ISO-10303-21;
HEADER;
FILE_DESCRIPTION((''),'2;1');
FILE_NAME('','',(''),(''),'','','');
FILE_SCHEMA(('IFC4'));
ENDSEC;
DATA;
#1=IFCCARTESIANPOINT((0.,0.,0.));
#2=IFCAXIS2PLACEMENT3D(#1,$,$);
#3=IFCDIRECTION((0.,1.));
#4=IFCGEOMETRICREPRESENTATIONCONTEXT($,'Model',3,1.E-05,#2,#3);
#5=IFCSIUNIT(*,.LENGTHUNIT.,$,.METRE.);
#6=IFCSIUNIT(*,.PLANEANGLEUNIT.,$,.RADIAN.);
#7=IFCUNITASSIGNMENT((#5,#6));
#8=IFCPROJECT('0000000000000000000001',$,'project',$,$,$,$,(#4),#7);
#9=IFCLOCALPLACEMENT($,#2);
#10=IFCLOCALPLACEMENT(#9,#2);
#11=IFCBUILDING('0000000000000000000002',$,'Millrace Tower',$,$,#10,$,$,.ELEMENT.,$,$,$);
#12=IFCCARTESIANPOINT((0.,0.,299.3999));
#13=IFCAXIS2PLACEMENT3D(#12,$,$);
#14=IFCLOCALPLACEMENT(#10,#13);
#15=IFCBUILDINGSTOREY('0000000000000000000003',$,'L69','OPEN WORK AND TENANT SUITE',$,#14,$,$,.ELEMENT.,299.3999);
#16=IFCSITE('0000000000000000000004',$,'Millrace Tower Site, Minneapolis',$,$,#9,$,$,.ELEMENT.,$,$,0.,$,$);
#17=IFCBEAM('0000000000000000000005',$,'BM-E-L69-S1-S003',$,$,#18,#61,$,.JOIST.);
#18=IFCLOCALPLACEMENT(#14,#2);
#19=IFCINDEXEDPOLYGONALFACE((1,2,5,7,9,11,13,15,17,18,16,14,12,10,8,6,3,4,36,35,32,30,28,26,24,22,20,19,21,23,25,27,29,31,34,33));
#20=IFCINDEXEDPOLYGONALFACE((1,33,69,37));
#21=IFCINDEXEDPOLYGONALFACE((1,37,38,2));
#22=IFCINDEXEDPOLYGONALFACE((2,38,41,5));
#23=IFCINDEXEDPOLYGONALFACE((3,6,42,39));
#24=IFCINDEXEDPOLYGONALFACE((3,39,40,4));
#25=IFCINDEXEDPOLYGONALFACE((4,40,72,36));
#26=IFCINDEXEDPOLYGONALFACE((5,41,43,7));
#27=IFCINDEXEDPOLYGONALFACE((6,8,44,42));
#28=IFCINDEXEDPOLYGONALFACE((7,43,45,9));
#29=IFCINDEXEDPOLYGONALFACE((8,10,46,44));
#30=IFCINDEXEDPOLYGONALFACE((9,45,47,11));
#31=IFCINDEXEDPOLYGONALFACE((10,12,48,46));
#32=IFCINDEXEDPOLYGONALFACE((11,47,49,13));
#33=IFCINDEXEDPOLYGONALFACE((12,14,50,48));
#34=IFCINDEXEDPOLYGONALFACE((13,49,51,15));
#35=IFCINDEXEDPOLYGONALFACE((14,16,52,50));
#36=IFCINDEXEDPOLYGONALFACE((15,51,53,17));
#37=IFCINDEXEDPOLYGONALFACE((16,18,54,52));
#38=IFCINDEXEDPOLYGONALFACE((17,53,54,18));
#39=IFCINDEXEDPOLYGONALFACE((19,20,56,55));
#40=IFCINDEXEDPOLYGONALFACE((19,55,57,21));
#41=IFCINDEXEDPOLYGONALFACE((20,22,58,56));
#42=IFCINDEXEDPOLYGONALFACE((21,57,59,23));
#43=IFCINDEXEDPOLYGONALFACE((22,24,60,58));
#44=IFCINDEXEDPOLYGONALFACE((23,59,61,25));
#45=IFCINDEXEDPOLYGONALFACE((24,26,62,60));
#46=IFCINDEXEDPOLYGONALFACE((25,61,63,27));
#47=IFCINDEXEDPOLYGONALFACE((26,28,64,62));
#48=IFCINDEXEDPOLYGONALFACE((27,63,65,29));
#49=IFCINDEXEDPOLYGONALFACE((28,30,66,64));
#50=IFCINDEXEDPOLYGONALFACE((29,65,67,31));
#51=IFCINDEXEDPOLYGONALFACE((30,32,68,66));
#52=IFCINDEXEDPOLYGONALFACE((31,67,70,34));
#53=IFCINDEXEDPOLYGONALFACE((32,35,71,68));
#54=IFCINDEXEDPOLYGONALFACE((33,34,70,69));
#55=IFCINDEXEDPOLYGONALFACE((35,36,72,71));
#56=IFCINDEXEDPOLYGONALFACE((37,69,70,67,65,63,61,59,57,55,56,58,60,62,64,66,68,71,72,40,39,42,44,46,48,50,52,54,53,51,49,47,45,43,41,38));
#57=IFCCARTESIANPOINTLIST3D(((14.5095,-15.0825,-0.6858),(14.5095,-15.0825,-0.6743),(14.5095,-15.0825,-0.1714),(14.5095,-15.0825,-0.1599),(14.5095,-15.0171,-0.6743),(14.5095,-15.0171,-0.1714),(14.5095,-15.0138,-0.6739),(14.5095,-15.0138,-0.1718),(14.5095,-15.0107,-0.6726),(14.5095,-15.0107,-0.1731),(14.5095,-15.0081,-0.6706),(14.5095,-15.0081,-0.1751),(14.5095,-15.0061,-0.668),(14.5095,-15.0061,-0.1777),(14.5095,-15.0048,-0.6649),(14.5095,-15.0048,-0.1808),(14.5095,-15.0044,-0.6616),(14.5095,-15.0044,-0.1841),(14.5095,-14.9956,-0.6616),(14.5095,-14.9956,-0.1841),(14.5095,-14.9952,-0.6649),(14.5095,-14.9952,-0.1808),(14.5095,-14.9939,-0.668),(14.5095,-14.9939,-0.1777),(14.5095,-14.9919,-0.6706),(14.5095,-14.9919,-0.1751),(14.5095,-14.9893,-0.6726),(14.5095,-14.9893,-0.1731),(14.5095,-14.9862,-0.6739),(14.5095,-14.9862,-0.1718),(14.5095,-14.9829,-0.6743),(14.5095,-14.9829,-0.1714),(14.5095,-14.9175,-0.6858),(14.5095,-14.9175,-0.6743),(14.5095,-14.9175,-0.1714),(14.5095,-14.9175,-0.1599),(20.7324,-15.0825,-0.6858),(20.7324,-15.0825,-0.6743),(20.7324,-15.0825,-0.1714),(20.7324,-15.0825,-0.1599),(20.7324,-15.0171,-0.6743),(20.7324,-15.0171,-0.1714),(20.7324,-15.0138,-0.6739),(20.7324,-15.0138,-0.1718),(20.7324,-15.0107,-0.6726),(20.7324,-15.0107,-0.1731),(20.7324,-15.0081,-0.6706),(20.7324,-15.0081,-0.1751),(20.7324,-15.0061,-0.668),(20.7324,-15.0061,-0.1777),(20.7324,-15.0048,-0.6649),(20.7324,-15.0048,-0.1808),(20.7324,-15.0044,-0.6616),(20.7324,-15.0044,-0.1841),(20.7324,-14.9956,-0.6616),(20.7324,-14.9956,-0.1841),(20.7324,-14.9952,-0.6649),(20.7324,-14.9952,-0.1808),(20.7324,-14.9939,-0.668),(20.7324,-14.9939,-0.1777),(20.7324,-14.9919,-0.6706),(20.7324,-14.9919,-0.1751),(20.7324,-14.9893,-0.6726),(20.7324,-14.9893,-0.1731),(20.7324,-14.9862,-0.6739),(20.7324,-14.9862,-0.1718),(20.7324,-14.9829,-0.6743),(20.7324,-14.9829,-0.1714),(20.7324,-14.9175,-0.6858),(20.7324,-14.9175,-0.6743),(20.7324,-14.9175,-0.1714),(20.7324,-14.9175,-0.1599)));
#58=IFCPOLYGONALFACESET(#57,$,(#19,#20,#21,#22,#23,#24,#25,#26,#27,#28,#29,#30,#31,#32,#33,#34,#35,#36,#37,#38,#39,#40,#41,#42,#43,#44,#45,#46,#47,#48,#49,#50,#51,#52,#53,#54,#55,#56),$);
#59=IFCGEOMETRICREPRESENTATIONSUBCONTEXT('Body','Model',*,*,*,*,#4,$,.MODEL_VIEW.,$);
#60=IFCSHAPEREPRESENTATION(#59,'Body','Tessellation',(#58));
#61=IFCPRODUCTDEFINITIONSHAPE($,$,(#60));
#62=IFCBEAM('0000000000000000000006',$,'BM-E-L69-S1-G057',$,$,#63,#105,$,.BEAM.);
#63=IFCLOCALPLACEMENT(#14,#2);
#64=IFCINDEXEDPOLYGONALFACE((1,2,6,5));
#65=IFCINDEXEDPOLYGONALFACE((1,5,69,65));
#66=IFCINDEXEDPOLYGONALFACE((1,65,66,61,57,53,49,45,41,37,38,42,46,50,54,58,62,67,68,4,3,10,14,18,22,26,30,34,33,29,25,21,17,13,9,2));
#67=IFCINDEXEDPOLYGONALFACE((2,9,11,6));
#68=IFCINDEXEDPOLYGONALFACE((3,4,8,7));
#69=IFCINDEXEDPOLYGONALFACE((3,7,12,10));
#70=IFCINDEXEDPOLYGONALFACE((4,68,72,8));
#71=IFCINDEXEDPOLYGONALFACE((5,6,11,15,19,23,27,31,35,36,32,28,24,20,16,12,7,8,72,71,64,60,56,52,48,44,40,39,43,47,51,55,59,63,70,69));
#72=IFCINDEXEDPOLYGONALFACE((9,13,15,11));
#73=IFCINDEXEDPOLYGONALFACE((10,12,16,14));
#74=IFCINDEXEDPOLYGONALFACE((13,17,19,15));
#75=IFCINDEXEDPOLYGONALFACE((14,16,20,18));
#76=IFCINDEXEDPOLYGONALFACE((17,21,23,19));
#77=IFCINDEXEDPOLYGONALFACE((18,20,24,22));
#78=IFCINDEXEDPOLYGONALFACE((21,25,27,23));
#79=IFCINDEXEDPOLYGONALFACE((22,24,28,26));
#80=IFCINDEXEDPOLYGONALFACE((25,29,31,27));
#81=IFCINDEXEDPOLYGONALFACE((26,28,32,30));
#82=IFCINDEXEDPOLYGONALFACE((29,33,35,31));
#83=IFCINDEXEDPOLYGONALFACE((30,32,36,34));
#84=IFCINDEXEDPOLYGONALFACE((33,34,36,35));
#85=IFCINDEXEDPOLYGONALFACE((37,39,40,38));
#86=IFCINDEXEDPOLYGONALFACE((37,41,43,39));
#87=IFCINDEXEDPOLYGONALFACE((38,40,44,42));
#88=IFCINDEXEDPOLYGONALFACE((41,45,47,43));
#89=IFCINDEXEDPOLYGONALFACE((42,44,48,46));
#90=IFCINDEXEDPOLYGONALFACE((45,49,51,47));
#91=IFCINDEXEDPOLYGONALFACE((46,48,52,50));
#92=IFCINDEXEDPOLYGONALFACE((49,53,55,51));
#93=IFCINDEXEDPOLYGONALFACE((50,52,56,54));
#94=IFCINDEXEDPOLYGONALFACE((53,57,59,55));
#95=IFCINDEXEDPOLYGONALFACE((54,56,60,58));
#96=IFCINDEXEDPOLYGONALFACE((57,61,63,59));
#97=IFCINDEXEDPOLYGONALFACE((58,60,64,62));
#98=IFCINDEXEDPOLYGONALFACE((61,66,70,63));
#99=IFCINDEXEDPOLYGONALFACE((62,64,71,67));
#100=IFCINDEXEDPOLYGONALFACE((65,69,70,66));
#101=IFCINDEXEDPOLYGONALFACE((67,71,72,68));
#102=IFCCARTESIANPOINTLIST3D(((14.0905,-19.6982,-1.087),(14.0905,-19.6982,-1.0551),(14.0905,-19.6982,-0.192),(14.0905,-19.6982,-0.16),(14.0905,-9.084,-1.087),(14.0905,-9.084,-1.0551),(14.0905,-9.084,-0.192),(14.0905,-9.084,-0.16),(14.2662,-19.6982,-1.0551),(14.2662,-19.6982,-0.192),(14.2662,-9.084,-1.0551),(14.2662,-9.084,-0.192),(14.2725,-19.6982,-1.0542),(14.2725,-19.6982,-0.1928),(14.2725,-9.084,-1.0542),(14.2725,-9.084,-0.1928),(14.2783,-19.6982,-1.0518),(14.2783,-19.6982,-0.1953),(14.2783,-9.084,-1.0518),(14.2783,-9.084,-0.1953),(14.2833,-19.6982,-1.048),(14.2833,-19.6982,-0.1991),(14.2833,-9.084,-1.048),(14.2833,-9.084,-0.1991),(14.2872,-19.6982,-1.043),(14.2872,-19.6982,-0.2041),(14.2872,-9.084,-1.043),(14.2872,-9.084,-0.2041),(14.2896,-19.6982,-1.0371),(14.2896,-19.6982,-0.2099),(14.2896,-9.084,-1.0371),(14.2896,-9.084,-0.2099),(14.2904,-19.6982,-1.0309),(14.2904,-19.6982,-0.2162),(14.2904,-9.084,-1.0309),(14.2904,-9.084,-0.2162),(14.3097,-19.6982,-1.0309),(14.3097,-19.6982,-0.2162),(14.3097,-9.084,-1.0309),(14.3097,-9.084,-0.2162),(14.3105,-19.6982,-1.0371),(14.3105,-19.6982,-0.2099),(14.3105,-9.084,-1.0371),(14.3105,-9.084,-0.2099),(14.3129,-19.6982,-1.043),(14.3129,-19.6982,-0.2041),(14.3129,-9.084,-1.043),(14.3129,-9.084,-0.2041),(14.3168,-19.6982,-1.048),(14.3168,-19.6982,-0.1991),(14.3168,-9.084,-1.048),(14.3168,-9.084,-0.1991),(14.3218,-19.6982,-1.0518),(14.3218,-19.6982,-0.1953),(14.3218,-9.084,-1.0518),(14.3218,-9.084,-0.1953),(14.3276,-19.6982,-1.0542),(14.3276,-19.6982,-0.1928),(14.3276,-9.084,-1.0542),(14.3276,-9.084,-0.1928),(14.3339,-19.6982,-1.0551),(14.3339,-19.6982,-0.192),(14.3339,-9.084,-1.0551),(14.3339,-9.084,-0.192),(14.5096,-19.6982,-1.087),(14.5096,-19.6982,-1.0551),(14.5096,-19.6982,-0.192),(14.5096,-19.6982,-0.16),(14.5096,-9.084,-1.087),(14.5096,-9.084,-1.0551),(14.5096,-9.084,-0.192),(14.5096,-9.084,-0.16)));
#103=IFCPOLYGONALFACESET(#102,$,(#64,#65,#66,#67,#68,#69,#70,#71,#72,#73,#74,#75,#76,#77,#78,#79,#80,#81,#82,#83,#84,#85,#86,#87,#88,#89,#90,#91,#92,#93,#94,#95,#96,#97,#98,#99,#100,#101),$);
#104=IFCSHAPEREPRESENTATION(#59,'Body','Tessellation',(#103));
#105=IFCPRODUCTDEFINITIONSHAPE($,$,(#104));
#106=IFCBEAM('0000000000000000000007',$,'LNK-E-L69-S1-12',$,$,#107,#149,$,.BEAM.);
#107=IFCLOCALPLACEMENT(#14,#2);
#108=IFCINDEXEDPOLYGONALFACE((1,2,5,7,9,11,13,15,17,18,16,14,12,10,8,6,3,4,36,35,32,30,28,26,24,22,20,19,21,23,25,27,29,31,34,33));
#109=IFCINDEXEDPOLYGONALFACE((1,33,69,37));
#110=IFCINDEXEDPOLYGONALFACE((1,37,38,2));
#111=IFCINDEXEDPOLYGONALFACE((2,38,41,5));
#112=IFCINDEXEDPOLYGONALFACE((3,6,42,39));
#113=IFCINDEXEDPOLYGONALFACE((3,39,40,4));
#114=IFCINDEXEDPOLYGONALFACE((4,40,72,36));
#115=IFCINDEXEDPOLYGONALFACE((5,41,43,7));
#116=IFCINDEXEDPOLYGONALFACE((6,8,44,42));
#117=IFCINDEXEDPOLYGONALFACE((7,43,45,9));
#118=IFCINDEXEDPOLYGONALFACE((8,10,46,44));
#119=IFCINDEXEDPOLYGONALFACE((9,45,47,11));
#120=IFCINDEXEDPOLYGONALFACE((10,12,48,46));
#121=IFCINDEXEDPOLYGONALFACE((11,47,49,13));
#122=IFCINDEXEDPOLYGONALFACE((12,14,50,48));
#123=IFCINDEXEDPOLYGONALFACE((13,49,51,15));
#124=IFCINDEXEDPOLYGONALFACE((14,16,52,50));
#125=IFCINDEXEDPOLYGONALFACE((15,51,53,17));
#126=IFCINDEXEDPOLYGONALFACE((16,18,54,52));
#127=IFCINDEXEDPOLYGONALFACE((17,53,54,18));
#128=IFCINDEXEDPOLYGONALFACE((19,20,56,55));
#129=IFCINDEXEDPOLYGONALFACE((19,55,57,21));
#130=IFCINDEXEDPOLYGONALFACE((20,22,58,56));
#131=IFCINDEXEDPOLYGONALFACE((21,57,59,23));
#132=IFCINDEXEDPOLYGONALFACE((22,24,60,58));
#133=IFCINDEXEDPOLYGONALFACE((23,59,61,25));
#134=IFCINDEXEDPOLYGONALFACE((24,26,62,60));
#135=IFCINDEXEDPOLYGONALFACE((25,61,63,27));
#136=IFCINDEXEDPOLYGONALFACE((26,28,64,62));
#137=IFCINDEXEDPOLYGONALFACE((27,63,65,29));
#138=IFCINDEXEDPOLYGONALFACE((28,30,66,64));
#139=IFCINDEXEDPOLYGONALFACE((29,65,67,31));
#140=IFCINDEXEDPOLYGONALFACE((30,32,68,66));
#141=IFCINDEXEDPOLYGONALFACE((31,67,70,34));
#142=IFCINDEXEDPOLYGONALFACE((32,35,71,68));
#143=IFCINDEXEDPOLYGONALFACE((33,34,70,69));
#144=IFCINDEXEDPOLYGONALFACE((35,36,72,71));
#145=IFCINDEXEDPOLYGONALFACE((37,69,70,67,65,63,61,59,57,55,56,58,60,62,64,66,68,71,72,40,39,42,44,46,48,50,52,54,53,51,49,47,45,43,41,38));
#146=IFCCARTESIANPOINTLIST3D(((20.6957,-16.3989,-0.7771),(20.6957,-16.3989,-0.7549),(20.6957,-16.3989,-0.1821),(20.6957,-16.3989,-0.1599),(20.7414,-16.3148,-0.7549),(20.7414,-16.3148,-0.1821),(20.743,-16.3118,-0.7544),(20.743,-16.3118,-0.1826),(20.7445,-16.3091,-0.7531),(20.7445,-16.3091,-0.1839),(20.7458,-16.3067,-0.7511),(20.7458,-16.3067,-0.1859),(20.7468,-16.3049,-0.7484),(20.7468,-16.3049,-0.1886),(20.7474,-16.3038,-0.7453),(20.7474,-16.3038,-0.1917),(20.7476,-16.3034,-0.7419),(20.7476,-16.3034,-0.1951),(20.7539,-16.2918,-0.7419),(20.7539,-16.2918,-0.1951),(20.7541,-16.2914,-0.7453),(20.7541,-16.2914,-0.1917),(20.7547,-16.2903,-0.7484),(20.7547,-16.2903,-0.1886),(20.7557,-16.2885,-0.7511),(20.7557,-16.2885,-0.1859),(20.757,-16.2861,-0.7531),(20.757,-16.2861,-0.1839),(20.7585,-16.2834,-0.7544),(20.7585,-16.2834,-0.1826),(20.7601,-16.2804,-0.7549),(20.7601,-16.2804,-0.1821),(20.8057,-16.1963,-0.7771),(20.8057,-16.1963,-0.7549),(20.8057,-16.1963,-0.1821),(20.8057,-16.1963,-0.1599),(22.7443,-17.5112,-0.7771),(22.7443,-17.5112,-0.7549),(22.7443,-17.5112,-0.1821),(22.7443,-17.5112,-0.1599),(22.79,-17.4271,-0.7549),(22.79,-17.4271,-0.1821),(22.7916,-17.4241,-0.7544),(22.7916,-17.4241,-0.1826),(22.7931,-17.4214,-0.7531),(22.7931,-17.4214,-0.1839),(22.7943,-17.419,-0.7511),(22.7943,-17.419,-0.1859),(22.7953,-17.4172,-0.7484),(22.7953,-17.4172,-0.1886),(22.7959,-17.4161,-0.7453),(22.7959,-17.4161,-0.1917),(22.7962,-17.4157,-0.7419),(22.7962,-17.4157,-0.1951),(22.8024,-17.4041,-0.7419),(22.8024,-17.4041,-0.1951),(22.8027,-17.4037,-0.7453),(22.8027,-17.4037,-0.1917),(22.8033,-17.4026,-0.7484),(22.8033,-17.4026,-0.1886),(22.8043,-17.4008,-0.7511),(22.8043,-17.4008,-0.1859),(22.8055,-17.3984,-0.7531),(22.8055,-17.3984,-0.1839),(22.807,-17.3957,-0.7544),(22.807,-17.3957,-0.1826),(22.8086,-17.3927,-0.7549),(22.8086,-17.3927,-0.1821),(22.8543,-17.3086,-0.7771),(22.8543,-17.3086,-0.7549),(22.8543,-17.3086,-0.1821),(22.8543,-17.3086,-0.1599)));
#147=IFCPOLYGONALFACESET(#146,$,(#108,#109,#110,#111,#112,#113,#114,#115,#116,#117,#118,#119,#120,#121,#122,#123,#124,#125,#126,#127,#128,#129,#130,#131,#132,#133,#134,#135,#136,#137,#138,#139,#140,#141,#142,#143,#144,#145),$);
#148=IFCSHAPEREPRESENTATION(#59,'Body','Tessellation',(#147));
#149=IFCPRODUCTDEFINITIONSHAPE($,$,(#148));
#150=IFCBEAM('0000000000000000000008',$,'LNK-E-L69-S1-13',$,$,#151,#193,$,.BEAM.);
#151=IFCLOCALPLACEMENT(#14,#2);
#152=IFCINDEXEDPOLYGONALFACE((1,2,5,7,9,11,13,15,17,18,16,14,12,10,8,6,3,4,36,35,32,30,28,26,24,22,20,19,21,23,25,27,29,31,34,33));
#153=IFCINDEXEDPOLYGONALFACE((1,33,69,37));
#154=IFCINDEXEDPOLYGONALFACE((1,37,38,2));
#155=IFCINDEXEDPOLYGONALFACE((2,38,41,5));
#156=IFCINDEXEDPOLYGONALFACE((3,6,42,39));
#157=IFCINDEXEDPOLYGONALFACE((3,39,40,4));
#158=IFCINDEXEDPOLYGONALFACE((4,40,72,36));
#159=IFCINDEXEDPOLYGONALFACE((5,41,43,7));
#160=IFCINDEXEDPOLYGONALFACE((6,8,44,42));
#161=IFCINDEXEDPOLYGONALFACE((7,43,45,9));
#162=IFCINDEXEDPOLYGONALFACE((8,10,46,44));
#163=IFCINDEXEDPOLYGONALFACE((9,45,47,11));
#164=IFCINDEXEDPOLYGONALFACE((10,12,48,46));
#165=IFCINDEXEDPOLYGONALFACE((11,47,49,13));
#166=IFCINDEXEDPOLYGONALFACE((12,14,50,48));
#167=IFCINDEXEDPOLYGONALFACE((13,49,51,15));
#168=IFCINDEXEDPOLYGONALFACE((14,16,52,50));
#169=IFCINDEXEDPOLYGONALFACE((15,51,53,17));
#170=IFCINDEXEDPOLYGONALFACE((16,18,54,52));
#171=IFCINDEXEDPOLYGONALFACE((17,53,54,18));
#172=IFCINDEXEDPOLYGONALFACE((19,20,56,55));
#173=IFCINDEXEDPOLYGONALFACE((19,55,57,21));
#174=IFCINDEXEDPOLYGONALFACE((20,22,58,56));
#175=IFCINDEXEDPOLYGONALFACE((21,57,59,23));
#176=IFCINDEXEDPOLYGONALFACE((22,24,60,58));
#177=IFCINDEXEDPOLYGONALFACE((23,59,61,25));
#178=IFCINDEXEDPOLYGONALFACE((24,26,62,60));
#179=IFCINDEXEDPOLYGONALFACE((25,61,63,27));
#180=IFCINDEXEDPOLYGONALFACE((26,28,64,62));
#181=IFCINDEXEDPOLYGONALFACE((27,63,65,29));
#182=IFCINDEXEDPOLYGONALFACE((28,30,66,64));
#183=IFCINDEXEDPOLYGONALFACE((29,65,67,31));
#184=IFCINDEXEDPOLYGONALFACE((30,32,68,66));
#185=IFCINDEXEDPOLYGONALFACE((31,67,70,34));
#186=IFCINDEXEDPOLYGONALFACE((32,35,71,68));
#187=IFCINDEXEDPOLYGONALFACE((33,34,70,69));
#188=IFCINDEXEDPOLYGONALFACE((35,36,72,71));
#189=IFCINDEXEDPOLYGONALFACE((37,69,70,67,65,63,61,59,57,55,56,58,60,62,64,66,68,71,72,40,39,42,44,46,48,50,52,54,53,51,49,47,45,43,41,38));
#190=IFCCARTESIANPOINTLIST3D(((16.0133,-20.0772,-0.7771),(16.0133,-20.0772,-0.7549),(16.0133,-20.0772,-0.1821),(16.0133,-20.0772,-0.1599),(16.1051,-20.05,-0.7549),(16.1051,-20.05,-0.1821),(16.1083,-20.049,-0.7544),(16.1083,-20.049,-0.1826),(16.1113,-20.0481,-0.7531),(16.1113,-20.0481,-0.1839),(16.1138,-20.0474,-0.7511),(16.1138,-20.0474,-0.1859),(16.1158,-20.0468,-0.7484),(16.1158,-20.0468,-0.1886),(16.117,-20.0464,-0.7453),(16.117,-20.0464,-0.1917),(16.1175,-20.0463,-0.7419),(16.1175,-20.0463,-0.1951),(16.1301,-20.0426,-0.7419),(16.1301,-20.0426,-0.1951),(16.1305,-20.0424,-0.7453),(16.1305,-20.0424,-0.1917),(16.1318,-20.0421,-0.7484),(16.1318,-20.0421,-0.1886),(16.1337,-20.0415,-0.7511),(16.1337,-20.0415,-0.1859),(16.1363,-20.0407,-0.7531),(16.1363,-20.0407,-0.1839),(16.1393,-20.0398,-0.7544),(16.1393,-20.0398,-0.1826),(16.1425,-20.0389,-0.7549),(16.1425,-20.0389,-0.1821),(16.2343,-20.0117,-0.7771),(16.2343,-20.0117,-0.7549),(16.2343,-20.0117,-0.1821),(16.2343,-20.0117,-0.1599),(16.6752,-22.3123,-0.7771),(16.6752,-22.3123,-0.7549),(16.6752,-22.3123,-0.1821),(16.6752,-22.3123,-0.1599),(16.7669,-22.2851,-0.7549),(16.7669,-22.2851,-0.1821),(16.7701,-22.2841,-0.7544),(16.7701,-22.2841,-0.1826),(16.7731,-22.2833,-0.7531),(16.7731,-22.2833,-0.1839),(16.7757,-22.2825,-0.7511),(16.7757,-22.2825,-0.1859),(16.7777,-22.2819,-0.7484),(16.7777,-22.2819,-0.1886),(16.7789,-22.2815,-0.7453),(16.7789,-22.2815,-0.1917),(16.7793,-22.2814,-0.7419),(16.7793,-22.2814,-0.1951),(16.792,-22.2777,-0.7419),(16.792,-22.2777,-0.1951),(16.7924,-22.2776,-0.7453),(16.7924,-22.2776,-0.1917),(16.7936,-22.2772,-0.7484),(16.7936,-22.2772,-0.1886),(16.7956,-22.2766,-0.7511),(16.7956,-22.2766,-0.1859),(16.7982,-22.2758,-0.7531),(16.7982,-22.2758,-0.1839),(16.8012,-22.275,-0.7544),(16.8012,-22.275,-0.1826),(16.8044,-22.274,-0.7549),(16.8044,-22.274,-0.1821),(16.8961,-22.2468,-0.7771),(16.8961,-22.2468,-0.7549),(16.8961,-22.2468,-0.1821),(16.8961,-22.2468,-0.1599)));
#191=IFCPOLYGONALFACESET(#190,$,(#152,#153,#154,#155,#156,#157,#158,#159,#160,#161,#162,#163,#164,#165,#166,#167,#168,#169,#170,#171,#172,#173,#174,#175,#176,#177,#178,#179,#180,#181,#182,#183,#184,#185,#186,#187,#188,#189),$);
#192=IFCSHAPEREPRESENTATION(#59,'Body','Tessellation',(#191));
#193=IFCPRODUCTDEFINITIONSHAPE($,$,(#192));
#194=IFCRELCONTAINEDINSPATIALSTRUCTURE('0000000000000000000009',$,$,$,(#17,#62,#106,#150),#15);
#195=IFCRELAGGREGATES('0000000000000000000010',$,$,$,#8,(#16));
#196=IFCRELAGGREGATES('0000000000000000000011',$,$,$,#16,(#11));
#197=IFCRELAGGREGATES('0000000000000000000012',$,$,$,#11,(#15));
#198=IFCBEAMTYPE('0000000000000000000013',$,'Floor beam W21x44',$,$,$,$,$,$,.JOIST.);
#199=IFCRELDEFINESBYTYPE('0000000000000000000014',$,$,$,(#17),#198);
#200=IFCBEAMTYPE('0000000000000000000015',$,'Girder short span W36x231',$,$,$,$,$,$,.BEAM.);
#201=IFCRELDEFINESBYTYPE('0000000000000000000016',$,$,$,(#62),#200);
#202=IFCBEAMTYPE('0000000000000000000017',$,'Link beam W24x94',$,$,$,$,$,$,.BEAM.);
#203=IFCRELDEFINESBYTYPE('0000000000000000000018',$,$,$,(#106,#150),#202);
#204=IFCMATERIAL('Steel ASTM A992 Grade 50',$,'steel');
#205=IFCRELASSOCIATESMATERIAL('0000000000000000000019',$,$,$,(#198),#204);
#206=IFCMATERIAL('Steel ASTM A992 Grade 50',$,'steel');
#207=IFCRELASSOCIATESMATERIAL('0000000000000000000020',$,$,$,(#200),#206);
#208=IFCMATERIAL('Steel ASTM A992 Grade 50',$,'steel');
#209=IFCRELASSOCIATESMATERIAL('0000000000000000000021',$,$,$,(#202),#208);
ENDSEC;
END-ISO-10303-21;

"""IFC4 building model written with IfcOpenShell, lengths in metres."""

from ifc_helpers import new_model, si_unit, direction, frame, origin, origin_2d, place, context, subcontext, project, spatial, i_section, extrude, material, material_profile, profile_set, type_object, element, save


model = new_model("IFC4")

# Units and contexts
model_context = context("Model", 3, precision=1e-05, world=origin(), true_north=direction((0.0, 1.0)))
body_context = subcontext(model_context, "Body", "Model", "MODEL_VIEW")
ifc_project = project(units=[si_unit("LENGTHUNIT", "METRE"), si_unit("PLANEANGLEUNIT", "RADIAN")], contexts=[model_context])

# Site, building, storey
site_placement = place(None, origin())
site = spatial("IfcSite", under=ifc_project, at=site_placement, Name="Millrace Tower Site, Minneapolis", CompositionType="ELEMENT", RefElevation=0.0)
building_placement = place(site_placement, origin())
building = spatial("IfcBuilding", under=site, at=building_placement, Name="Millrace Tower", CompositionType="ELEMENT")
storey_placement = place(building_placement, frame((0.0, 0.0, 299.3999)))
storey = spatial("IfcBuildingStorey", under=building, at=storey_placement, Name="L69", Description="OPEN WORK AND TENANT SUITE", CompositionType="ELEMENT", Elevation=299.3999)

# Beams
ifc_material_1 = material(Name="Steel ASTM A992 Grade 50", Category="steel")
ifc_material_profile_1 = material_profile(ifc_material_1, i_section(OverallWidth=0.165, OverallDepth=0.5259, WebThickness=0.0088, FlangeThickness=0.0115, FilletRadius=0.0127, at=origin_2d()))
ifc_profile_set_1 = profile_set([ifc_material_profile_1], Name="Steel ASTM A992 Grade 50")
beam_type_1 = type_object("IfcBeamType", Name="Floor beam W21x44", PredefinedType="JOIST", material=ifc_profile_set_1)
beam_1_placement = place(storey_placement, frame((14.5095, -15.0, -0.4229), z_axis=(1.0, 0.0, 0.0), x_axis=(0.0, 1.0, 0.0)))
element("IfcBeam", 1, at=beam_1_placement, inside=storey, type_object=beam_type_1, Name="BM-E-L69-S1-S003", PredefinedType="JOIST", context=body_context, shape_type="SweptSolid", body=[
    extrude(i_section(OverallWidth=0.165, OverallDepth=0.5259, WebThickness=0.0088, FlangeThickness=0.0115, FilletRadius=0.0127, at=origin_2d()), origin(), (0.0, 0.0, 1.0), 6.2229),
])
ifc_material_2 = material(Name="Steel ASTM A992 Grade 50", Category="steel")
ifc_material_profile_2 = material_profile(ifc_material_2, i_section(OverallWidth=0.4192, OverallDepth=0.927, WebThickness=0.0193, FlangeThickness=0.032, FilletRadius=0.0242, at=origin_2d()))
ifc_profile_set_2 = profile_set([ifc_material_profile_2], Name="Steel ASTM A992 Grade 50")
beam_type_2 = type_object("IfcBeamType", Name="Girder short span W36x231", PredefinedType="BEAM", material=ifc_profile_set_2)
beam_2_placement = place(storey_placement, frame((14.3, -19.6982, -0.6235), z_axis=(0.0, 1.0, 0.0), x_axis=(-1.0, 0.0, 0.0)))
element("IfcBeam", 2, at=beam_2_placement, inside=storey, type_object=beam_type_2, Name="BM-E-L69-S1-G057", PredefinedType="BEAM", context=body_context, shape_type="SweptSolid", body=[
    extrude(i_section(OverallWidth=0.4192, OverallDepth=0.927, WebThickness=0.0193, FlangeThickness=0.032, FilletRadius=0.0242, at=origin_2d()), origin(), (0.0, 0.0, 1.0), 10.6143),
])
ifc_material_3 = material(Name="Steel ASTM A992 Grade 50", Category="steel")
ifc_material_profile_3 = material_profile(ifc_material_3, i_section(OverallWidth=0.2305, OverallDepth=0.6172, WebThickness=0.0132, FlangeThickness=0.0222, FilletRadius=0.0129, at=origin_2d()))
ifc_profile_set_3 = profile_set([ifc_material_profile_3], Name="Steel ASTM A992 Grade 50")
beam_type_3 = type_object("IfcBeamType", Name="Link beam W24x94", PredefinedType="BEAM", material=ifc_profile_set_3)
for number, where, z_axis, x_axis, name in (
    (3, (20.7507, -16.2976, -0.4685), (0.878815, -0.477164, 0.0), (0.477164, 0.878815, 0.0), "LNK-E-L69-S1-12"),
    (4, (16.1238, -20.0444, -0.4685), (0.283935, -0.958844, 0.0), (0.958844, 0.283935, 0.0), "LNK-E-L69-S1-13"),
):
    element("IfcBeam", number, at=place(storey_placement, frame(where, z_axis=z_axis, x_axis=x_axis)), inside=storey, type_object=beam_type_3, Name=name, PredefinedType="BEAM", context=body_context, shape_type="SweptSolid", body=[
        extrude(i_section(OverallWidth=0.2305, OverallDepth=0.6172, WebThickness=0.0132, FlangeThickness=0.0222, FilletRadius=0.0129, at=origin_2d()), origin(), (0.0, 0.0, 1.0), 2.3311),
    ])

save(model, "model.ifc")
